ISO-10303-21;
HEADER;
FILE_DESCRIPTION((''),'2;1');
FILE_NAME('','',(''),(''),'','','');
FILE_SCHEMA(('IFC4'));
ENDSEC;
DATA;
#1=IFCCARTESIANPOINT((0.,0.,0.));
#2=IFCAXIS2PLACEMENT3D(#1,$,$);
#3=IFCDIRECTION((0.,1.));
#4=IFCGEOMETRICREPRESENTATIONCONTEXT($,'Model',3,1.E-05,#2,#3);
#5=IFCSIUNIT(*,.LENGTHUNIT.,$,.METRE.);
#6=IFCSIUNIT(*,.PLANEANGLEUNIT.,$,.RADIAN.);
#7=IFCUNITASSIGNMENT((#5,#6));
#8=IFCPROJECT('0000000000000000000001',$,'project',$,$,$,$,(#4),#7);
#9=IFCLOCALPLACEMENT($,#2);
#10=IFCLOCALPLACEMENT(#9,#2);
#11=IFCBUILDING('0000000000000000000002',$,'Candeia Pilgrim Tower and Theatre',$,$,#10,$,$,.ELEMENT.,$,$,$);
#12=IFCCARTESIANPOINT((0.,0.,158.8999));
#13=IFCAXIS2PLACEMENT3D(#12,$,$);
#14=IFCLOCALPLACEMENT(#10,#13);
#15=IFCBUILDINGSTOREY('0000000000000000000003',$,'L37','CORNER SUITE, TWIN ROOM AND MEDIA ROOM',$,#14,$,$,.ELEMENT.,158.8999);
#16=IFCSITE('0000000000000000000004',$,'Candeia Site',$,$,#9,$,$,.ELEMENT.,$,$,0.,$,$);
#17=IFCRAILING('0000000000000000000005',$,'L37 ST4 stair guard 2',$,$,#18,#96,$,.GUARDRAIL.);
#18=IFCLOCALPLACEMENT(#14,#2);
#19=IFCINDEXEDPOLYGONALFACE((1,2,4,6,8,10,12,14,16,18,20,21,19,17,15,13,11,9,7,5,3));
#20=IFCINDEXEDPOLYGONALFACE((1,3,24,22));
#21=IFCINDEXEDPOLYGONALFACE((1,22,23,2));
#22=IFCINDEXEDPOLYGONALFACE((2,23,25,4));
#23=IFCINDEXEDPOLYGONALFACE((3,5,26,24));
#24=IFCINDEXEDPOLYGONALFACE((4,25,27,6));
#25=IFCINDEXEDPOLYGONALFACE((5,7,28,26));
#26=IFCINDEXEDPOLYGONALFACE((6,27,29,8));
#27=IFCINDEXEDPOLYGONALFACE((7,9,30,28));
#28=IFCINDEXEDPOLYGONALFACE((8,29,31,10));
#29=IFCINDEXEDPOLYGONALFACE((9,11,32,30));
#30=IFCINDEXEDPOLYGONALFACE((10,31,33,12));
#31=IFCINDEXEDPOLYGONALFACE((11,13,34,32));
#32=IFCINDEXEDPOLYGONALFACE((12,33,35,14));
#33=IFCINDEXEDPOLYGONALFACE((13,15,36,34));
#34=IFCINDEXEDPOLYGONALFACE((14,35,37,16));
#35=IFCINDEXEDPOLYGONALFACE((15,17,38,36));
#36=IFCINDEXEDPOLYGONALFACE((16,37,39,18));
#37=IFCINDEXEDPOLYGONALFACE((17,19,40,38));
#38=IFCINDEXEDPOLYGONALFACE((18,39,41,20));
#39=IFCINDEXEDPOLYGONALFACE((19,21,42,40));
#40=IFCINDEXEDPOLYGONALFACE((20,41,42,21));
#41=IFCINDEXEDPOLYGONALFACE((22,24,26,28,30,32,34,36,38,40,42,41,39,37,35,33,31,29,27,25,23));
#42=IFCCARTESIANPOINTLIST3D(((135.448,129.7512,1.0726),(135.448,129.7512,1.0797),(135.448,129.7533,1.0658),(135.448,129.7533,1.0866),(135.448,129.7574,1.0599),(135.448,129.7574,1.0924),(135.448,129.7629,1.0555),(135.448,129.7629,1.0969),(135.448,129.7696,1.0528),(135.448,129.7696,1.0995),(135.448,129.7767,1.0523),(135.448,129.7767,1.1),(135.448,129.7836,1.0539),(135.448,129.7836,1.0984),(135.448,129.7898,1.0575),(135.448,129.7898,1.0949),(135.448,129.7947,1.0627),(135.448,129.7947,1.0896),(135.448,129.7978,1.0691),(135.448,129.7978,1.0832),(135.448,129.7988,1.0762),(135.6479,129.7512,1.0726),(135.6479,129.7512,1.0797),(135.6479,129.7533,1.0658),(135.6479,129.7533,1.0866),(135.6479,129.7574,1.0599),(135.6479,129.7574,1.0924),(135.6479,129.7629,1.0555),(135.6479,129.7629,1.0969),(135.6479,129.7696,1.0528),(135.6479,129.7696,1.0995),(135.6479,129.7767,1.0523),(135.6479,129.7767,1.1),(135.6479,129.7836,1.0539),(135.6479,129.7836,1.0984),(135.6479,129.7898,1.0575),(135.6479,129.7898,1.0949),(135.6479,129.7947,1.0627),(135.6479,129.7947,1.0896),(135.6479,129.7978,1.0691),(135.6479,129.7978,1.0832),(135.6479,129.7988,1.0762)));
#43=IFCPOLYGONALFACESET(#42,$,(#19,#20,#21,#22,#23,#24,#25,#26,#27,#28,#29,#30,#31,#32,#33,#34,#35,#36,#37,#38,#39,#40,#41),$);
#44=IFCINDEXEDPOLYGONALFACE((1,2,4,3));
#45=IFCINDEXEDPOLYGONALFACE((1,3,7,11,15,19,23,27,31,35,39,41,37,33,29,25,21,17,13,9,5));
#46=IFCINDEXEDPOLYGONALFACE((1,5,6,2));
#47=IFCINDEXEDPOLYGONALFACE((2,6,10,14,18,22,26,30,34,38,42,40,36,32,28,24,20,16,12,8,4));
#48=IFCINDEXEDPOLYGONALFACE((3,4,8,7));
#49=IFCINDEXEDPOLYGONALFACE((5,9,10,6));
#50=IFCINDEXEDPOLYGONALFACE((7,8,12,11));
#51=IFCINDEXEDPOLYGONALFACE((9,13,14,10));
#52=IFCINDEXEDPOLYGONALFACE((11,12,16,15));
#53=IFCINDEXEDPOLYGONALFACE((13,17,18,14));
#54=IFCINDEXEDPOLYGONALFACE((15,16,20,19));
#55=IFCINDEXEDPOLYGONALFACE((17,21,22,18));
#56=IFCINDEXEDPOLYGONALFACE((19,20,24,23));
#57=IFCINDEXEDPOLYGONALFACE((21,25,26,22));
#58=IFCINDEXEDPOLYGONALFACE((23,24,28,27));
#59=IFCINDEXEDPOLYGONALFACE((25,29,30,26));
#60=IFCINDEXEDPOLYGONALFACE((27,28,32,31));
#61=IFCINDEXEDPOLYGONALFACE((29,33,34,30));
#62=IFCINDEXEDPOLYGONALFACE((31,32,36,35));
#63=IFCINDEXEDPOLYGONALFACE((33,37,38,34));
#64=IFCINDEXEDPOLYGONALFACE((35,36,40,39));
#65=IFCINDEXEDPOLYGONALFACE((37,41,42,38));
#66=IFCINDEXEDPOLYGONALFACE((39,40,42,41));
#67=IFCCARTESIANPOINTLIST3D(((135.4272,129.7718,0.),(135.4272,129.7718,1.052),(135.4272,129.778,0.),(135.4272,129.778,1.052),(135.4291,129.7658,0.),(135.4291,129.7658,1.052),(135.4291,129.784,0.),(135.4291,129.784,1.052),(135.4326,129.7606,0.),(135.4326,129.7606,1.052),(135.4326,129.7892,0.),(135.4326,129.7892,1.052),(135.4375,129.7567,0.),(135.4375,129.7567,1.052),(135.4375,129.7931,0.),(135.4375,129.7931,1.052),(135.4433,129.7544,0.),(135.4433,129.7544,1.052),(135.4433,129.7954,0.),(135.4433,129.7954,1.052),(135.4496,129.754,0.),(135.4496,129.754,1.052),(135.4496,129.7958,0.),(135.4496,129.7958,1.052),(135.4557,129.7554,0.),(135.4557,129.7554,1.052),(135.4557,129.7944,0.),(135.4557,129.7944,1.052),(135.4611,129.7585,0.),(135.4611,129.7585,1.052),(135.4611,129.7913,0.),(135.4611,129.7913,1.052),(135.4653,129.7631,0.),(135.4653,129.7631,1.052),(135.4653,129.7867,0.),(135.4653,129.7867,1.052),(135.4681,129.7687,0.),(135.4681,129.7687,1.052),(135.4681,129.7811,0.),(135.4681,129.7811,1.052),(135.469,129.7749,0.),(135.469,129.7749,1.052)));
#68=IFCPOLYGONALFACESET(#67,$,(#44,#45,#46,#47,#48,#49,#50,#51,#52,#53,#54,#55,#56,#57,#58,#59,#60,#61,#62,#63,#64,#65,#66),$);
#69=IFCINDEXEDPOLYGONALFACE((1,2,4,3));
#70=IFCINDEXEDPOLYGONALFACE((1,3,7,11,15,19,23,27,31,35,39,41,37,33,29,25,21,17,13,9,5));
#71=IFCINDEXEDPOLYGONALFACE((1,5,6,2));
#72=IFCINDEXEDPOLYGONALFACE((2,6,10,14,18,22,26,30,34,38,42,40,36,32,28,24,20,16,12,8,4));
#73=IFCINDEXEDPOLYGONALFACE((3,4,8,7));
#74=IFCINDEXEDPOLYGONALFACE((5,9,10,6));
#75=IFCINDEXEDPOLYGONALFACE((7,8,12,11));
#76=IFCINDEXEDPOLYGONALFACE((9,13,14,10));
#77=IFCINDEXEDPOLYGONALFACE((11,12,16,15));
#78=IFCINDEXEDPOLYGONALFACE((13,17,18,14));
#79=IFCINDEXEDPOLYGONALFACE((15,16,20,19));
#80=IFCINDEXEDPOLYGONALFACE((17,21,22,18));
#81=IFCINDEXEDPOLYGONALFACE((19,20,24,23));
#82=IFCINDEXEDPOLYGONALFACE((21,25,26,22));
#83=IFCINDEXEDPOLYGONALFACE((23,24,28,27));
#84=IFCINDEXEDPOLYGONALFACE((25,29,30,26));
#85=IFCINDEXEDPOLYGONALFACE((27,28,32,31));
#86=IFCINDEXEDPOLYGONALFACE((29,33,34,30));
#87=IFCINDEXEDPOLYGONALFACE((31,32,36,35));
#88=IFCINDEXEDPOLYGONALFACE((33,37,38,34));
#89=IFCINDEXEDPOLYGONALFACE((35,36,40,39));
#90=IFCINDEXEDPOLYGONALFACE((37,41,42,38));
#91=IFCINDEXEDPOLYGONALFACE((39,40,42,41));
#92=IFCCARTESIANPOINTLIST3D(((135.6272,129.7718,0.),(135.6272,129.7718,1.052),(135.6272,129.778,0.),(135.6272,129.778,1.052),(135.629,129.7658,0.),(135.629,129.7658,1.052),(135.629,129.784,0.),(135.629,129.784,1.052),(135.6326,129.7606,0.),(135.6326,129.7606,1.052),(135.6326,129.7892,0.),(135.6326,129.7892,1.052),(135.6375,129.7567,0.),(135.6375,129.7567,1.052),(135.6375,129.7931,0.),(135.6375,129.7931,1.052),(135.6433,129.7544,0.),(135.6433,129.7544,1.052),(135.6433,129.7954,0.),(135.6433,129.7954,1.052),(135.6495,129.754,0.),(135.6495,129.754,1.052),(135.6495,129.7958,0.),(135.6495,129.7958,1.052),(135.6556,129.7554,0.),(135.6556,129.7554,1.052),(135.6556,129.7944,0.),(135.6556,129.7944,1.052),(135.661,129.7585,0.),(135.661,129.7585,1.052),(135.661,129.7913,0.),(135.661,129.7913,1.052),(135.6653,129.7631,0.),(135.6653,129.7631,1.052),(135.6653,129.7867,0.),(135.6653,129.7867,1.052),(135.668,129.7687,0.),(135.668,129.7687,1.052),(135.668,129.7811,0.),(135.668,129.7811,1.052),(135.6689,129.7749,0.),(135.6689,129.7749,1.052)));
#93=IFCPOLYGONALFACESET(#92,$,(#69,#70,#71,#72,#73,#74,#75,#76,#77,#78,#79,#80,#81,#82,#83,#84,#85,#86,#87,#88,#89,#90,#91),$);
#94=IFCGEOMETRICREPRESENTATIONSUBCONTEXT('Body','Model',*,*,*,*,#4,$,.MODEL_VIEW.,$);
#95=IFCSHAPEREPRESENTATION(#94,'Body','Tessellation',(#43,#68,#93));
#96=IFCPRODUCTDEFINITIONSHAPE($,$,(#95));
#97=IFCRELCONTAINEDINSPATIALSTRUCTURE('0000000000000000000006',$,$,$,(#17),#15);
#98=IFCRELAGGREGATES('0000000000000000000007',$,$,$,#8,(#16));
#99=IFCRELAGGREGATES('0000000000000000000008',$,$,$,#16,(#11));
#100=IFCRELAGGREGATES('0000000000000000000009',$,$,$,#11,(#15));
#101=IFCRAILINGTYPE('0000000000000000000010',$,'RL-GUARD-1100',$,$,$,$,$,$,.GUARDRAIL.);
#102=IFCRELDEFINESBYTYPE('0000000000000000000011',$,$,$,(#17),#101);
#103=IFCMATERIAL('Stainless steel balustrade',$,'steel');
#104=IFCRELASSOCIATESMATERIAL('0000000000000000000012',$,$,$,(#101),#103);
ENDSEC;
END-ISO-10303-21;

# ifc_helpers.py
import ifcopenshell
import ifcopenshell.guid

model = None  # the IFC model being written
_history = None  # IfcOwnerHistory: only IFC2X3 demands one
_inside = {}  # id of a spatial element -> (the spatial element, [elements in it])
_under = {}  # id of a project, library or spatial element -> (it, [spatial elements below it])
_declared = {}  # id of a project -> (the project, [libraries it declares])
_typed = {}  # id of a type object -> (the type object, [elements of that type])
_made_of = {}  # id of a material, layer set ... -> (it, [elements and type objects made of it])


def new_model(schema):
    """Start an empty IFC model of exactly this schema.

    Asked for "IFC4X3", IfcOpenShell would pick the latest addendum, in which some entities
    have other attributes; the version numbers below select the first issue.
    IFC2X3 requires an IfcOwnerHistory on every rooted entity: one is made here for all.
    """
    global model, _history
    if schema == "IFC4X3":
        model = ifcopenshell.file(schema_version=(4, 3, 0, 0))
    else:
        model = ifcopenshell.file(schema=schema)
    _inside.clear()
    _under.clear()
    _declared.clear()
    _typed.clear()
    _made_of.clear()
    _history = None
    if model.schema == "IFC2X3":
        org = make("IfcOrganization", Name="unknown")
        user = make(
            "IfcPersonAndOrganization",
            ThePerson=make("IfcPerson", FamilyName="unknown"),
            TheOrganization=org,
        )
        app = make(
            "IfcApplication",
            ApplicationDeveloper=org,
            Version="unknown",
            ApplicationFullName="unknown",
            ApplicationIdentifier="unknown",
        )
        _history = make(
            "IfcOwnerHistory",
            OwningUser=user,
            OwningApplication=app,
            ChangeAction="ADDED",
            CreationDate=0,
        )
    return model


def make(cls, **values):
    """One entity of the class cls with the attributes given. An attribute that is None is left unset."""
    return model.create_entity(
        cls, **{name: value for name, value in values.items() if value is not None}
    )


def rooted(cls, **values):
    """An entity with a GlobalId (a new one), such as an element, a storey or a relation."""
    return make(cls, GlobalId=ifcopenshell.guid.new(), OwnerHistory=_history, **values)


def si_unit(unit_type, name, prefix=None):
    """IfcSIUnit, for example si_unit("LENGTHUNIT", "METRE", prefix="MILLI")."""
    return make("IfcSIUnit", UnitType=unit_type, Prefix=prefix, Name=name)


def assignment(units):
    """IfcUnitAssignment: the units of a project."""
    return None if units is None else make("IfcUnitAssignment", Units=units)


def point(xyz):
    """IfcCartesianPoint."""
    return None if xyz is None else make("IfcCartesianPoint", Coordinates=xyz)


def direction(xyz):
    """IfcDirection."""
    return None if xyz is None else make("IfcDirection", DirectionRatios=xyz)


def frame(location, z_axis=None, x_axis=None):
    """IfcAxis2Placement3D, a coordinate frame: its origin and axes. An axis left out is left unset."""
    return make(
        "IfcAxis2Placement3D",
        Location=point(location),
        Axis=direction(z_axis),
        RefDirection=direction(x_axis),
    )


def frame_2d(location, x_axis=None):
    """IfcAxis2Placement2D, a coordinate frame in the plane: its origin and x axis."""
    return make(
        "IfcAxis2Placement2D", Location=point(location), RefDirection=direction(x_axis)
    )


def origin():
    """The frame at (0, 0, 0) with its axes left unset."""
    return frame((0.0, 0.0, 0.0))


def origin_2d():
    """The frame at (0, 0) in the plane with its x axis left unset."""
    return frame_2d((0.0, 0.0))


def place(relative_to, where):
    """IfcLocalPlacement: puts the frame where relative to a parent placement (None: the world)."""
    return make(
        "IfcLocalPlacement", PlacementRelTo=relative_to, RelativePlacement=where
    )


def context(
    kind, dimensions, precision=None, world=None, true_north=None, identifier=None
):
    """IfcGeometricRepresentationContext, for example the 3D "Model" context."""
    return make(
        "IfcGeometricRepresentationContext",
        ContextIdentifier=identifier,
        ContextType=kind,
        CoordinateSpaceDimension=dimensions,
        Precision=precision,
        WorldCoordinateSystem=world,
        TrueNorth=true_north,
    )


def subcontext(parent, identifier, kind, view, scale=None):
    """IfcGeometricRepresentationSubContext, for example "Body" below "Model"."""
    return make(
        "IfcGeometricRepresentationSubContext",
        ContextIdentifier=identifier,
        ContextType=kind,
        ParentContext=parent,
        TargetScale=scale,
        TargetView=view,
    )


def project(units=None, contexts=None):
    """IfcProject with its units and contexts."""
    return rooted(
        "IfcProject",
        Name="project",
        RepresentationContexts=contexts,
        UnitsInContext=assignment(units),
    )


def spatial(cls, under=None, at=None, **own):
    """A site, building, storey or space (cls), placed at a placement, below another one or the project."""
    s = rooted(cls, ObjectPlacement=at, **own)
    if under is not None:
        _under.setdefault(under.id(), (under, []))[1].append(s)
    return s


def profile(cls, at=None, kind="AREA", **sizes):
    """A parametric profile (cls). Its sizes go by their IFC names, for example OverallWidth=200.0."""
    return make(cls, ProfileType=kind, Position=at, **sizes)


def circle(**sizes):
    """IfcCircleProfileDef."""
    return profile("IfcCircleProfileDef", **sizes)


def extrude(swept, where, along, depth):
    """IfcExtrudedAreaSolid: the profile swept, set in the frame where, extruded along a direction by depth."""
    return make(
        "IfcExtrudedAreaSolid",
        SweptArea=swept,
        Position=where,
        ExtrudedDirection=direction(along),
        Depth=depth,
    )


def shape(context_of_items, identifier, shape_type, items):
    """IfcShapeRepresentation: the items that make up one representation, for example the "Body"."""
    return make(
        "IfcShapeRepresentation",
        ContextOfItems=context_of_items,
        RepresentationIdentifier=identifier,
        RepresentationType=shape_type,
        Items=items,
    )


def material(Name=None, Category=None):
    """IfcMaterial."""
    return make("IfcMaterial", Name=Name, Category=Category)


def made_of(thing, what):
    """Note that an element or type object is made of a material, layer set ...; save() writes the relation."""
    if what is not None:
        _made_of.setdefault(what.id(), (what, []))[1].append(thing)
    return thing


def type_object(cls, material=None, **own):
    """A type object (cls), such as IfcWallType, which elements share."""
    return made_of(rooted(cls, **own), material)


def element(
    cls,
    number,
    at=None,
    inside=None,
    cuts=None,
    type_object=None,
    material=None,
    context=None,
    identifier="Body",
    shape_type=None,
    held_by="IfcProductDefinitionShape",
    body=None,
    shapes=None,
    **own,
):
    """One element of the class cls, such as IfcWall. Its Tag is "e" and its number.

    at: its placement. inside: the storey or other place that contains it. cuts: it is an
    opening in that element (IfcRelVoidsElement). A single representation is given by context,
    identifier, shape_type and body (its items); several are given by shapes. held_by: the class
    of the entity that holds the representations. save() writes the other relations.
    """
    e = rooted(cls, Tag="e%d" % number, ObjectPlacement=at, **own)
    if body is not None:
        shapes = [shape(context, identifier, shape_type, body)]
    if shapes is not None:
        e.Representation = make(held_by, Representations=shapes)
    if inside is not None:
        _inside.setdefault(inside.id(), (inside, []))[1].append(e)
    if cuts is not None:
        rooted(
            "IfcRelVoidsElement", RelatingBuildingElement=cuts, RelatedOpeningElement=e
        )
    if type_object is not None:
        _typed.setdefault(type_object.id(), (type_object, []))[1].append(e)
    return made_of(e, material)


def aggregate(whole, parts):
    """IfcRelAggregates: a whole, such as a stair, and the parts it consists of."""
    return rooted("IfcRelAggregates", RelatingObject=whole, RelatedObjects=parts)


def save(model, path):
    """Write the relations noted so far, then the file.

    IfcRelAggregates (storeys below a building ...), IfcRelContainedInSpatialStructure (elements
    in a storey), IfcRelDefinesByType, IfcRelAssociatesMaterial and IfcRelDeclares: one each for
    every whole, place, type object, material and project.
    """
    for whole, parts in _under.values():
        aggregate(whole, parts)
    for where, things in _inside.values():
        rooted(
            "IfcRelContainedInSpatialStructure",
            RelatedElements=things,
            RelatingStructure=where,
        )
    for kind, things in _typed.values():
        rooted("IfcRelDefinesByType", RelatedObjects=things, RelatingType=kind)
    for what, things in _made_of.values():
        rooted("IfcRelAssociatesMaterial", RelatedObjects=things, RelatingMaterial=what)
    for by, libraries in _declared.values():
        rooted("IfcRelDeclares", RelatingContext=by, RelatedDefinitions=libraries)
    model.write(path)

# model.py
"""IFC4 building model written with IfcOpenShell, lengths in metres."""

from ifc_helpers import new_model, si_unit, direction, frame, origin, origin_2d, place, context, subcontext, project, spatial, circle, extrude, material, type_object, element, save


model = new_model("IFC4")

# Units and contexts
model_context = context("Model", 3, precision=1e-05, world=origin(), true_north=direction((0.0, 1.0)))
body_context = subcontext(model_context, "Body", "Model", "MODEL_VIEW")
ifc_project = project(units=[si_unit("LENGTHUNIT", "METRE"), si_unit("PLANEANGLEUNIT", "RADIAN")], contexts=[model_context])

# Site, building, storey
site_placement = place(None, origin())
site = spatial("IfcSite", under=ifc_project, at=site_placement, Name="Candeia Site", CompositionType="ELEMENT", RefElevation=0.0)
building_placement = place(site_placement, origin())
building = spatial("IfcBuilding", under=site, at=building_placement, Name="Candeia Pilgrim Tower and Theatre", CompositionType="ELEMENT")
storey_placement = place(building_placement, frame((0.0, 0.0, 158.8999)))
storey = spatial("IfcBuildingStorey", under=building, at=storey_placement, Name="L37", Description="CORNER SUITE, TWIN ROOM AND MEDIA ROOM", CompositionType="ELEMENT", Elevation=158.8999)

# Railing
ifc_material_1 = material(Name="Stainless steel balustrade", Category="steel")
railing_type_1 = type_object("IfcRailingType", Name="RL-GUARD-1100", PredefinedType="GUARDRAIL", material=ifc_material_1)
railing_1_placement = place(storey_placement, frame((135.448, 129.7749, 0.0)))
element("IfcRailing", 1, at=railing_1_placement, inside=storey, type_object=railing_type_1, Name="L37 ST4 stair guard 2", PredefinedType="GUARDRAIL", context=body_context, shape_type="SweptSolid", body=[
    extrude(circle(Radius=0.0239, at=origin_2d()), frame((0.0, 0.0, 1.0762), z_axis=(1.0, 0.0, 0.0), x_axis=(0.0, 1.0, 0.0)), (0.0, 0.0, 1.0), 0.2),
    extrude(circle(Radius=0.021, at=origin_2d()), origin(), (0.0, 0.0, 1.0), 1.052),
    extrude(circle(Radius=0.021, at=origin_2d()), frame((0.2, 0.0, 0.0)), (0.0, 0.0, 1.0), 1.052),
])

save(model, "model.ifc")
